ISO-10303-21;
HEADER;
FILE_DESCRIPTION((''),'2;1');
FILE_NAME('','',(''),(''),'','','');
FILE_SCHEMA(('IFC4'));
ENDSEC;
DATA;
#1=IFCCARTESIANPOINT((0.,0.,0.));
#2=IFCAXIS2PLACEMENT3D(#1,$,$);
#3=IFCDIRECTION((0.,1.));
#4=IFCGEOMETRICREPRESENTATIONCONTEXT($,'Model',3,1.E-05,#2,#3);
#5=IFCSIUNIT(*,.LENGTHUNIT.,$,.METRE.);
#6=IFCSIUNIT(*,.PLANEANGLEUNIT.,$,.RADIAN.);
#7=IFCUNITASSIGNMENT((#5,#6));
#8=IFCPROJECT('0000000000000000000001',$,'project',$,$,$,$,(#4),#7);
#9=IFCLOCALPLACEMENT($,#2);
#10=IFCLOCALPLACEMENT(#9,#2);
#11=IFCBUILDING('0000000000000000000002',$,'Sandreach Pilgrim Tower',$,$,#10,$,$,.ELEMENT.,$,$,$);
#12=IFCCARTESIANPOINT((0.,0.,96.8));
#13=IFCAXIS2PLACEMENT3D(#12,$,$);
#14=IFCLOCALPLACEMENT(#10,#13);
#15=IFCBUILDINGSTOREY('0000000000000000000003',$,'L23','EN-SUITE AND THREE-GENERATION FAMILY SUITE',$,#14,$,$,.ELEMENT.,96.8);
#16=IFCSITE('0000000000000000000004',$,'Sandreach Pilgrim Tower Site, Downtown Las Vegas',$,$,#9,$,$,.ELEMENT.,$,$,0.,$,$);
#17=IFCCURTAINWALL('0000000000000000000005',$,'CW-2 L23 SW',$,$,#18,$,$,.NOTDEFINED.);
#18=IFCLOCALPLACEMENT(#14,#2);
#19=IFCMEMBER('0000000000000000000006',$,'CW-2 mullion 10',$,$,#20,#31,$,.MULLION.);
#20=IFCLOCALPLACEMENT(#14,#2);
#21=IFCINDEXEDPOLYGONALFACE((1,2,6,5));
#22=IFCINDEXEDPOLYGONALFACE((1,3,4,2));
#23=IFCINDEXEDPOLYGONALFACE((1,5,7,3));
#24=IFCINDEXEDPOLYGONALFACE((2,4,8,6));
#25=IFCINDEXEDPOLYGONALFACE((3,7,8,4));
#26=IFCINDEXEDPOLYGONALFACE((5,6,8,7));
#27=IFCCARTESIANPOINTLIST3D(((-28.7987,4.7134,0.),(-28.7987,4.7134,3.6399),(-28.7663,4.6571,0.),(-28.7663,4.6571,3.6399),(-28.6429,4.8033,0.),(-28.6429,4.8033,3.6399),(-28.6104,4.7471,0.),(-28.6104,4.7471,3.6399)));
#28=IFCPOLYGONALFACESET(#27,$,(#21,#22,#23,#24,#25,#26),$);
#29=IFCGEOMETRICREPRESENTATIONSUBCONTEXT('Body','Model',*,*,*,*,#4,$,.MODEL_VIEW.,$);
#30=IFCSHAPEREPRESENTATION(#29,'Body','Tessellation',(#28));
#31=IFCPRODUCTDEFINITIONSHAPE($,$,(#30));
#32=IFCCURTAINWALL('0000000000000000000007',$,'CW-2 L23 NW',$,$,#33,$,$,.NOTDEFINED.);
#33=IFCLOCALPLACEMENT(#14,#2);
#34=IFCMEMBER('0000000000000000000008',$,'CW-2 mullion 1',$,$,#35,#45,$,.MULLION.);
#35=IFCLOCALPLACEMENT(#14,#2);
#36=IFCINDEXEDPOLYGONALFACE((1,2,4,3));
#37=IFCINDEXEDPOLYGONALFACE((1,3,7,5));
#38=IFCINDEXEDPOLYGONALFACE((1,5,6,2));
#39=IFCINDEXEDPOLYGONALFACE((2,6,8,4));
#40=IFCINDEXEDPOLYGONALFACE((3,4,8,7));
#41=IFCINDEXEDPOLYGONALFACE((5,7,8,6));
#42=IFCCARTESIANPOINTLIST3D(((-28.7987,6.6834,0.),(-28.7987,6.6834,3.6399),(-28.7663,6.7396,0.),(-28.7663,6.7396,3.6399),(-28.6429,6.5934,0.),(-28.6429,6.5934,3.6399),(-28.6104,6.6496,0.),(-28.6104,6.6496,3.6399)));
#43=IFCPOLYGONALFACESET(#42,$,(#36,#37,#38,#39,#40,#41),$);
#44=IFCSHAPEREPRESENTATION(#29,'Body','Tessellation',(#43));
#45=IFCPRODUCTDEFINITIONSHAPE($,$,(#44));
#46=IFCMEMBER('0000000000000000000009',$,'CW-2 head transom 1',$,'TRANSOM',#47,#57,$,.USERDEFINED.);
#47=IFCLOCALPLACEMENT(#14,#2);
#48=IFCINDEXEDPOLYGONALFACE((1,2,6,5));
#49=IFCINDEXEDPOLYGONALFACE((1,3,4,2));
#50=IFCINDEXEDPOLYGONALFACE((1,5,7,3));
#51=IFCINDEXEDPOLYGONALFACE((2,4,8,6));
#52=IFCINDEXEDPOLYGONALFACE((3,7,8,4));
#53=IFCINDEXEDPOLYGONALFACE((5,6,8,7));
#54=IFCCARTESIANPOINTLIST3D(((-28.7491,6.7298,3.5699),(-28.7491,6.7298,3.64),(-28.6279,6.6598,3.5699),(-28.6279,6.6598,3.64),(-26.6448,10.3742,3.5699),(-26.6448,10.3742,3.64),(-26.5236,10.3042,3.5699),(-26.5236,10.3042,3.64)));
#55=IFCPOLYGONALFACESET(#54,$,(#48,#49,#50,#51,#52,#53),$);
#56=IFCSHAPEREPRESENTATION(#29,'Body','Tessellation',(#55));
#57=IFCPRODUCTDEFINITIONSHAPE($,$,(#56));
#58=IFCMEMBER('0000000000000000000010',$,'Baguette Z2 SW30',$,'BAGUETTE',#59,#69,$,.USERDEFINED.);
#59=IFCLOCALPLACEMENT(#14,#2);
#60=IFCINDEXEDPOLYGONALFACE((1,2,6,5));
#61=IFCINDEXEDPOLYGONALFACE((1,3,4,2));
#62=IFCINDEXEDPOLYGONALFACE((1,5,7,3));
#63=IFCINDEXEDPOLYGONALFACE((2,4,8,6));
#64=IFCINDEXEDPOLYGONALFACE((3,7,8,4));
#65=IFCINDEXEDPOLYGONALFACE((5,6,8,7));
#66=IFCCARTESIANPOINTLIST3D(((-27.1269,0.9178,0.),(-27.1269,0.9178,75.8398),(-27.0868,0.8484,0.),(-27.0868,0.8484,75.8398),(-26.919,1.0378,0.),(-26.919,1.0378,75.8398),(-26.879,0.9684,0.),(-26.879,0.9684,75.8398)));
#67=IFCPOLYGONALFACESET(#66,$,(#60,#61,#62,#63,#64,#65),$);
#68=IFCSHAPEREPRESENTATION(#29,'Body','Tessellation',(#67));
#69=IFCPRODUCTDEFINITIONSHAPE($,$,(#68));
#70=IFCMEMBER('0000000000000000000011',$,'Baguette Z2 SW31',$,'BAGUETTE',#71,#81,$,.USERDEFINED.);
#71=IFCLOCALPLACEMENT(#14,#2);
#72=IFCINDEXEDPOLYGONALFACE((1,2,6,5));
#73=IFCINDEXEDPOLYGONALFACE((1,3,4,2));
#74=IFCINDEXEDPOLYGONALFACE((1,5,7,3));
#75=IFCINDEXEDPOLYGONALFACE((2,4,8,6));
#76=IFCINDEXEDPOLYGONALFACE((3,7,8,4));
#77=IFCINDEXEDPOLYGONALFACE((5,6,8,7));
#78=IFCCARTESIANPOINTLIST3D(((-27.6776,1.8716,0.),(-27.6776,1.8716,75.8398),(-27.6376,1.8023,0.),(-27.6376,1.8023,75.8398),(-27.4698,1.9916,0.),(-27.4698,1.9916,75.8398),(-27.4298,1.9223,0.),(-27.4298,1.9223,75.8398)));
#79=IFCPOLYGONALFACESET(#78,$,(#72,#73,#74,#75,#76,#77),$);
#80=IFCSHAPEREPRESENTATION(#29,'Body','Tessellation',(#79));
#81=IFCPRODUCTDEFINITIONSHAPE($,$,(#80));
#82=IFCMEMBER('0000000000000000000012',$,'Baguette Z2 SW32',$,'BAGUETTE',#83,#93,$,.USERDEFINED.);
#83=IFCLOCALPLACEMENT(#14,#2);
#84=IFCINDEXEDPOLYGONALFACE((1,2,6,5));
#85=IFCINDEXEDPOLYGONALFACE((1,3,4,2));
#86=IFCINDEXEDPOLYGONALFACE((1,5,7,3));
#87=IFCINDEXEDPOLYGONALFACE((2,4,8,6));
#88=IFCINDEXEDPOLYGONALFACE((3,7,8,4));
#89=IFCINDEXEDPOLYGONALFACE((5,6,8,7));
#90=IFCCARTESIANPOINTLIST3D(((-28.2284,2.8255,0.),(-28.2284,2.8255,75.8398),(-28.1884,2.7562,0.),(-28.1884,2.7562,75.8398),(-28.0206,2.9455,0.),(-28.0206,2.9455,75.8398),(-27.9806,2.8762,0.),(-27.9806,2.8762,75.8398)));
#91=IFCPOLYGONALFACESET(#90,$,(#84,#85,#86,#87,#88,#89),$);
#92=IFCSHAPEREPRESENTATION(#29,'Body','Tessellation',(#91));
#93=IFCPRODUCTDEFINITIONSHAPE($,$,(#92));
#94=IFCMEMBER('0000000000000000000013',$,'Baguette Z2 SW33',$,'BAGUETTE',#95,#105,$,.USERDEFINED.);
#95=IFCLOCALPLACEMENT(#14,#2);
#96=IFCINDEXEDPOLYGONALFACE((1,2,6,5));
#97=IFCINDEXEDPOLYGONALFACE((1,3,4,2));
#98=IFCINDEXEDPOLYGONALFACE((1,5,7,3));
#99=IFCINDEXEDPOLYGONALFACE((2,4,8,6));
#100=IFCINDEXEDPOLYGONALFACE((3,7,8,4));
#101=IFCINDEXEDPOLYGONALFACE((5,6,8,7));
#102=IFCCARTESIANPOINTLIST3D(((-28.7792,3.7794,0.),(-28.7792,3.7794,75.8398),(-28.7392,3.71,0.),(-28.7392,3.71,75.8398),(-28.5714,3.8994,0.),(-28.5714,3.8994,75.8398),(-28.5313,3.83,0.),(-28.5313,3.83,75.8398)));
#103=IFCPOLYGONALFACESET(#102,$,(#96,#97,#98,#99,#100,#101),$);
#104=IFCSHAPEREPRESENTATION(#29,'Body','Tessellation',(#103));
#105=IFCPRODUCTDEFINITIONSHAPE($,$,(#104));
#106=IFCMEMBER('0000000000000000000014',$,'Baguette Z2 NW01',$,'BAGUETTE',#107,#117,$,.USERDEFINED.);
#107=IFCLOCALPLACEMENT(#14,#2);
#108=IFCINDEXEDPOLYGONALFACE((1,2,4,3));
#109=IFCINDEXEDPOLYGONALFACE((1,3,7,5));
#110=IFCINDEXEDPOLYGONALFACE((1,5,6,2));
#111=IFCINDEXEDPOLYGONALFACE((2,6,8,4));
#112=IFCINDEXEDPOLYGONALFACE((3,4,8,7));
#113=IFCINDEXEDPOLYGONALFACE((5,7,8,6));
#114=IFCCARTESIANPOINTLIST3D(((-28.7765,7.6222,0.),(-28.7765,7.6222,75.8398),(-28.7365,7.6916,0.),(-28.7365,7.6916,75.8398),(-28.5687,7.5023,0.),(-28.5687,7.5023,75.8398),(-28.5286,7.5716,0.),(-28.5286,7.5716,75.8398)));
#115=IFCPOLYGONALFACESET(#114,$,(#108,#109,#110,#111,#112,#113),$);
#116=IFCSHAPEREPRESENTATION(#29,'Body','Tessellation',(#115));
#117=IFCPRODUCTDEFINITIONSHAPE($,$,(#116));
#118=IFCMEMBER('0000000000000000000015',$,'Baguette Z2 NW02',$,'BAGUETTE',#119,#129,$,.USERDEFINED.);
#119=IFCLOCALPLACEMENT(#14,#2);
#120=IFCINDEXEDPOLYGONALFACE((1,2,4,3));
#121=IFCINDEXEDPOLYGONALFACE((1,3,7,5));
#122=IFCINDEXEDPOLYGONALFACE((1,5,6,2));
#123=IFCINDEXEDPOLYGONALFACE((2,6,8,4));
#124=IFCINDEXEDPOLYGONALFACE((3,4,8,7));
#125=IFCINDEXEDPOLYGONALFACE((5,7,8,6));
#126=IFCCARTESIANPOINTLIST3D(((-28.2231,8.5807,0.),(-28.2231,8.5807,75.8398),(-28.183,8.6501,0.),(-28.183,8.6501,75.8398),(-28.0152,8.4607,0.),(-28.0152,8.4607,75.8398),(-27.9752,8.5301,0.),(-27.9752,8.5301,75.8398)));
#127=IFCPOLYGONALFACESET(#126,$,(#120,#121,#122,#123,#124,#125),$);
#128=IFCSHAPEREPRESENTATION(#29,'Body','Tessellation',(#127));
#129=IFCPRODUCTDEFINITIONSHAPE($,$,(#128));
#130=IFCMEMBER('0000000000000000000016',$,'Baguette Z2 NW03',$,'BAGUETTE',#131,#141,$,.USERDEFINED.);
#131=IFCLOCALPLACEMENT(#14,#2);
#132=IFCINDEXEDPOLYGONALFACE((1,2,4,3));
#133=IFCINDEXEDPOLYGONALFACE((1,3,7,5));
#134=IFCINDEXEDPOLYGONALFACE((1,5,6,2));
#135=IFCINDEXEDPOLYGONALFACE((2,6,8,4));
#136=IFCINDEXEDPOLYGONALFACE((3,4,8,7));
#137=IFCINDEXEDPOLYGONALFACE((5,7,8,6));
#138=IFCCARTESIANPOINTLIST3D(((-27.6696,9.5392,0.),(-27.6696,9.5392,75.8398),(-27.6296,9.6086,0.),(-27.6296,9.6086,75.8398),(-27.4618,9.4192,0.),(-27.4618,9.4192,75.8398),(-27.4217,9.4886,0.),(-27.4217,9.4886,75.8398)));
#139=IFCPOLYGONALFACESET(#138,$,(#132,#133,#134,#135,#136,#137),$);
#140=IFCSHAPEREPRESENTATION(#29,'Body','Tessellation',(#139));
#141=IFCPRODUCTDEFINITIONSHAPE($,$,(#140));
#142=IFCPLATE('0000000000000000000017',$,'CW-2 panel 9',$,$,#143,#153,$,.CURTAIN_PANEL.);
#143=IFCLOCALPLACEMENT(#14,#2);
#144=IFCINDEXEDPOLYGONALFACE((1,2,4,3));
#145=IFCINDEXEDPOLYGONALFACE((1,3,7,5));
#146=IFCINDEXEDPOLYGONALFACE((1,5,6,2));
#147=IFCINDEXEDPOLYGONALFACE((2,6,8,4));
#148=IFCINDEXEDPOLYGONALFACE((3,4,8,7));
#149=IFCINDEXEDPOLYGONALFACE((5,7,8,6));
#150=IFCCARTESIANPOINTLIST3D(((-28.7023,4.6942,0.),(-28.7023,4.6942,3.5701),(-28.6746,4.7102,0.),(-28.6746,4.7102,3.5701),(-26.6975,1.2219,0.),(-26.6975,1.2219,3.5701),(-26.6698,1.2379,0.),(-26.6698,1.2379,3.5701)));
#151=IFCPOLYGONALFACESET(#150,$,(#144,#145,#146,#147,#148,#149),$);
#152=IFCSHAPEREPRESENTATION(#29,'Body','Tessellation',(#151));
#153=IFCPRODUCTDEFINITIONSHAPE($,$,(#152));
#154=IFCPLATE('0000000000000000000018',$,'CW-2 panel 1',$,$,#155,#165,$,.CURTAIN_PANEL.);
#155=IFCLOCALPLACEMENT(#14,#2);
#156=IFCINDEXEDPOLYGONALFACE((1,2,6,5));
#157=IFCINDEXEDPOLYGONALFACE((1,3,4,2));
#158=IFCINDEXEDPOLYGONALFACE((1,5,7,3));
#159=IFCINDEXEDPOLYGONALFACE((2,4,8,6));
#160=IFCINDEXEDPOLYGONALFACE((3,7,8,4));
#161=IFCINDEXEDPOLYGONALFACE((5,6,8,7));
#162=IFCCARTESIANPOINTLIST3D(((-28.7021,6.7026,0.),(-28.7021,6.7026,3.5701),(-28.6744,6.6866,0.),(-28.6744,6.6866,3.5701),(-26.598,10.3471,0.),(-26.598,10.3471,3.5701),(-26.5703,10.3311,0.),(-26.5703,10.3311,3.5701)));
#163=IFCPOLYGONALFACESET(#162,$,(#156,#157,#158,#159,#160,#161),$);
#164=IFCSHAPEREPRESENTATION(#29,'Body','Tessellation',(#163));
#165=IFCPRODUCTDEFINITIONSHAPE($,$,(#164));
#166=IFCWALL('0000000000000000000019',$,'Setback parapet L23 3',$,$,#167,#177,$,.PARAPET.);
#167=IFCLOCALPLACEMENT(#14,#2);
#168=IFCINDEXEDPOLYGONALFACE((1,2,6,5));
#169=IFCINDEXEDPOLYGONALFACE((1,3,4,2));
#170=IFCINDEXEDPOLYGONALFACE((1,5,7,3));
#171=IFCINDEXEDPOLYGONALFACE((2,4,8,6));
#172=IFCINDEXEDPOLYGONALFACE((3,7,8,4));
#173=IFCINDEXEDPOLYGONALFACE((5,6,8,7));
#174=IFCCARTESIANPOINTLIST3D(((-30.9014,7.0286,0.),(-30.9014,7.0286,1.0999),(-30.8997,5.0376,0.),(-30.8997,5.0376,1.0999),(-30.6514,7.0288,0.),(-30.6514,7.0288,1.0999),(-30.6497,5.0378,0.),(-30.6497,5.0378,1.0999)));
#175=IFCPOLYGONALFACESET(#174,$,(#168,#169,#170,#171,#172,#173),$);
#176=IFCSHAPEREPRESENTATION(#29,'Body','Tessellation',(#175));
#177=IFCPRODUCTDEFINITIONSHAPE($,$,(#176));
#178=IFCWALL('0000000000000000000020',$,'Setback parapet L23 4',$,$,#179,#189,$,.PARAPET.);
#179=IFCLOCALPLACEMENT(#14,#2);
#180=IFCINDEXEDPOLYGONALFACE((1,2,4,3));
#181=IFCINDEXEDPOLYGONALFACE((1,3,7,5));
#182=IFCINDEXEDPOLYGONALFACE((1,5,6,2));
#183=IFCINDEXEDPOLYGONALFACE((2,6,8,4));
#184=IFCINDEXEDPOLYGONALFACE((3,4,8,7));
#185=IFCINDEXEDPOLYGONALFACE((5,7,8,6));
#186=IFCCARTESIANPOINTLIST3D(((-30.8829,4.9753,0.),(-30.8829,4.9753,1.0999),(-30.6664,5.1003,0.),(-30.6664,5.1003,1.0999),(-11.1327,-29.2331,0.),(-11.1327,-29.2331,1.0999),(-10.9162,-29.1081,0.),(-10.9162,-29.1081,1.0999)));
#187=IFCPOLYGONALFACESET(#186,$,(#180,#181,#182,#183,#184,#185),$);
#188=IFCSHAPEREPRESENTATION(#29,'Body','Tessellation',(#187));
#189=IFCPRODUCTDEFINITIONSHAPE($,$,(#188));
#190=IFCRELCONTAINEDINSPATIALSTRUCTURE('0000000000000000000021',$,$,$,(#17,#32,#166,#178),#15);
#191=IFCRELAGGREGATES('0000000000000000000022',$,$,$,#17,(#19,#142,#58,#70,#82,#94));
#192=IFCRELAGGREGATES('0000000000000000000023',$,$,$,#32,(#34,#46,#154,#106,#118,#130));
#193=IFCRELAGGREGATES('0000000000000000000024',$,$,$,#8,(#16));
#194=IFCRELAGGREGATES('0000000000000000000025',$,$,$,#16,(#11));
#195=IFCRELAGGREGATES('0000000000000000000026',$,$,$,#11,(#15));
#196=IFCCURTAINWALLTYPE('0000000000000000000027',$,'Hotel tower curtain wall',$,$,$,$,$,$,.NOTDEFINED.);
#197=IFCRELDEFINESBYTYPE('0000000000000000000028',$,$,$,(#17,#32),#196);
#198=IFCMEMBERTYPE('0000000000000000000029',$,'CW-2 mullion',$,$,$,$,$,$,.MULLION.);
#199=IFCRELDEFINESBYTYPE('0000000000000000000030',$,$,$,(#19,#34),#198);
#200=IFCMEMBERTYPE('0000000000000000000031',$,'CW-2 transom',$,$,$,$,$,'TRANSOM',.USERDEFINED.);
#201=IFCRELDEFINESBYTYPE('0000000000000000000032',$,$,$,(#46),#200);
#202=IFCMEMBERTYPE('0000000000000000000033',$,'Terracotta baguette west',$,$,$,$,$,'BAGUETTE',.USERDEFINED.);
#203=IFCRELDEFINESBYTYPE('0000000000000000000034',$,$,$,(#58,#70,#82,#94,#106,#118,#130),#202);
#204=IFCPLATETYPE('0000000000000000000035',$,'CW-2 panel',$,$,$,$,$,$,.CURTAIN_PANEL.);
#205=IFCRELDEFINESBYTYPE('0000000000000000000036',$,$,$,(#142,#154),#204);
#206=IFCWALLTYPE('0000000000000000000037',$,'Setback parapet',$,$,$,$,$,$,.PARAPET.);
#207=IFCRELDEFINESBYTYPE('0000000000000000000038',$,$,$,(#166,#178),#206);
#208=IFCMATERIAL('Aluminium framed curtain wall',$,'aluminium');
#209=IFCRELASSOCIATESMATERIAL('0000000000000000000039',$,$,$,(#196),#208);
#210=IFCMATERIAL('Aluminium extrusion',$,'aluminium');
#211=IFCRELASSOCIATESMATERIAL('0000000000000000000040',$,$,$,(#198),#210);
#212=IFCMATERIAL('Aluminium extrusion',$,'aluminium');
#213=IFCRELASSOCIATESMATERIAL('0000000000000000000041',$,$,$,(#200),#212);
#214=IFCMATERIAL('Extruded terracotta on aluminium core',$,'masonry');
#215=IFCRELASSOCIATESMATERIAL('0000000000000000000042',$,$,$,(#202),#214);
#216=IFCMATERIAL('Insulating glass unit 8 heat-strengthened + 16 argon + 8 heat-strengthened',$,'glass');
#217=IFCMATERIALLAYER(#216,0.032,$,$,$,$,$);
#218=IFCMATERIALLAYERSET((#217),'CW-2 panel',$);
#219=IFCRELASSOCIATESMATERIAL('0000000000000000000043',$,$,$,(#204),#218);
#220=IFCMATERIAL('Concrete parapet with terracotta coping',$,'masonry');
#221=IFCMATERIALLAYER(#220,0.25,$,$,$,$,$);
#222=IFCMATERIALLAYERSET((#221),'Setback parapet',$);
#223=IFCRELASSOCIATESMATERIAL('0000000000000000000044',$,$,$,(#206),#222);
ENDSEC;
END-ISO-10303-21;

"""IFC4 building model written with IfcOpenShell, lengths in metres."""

from ifc_helpers import new_model, si_unit, direction, frame, frame_2d, origin, origin_2d, place, context, subcontext, project, spatial, rectangle, extrude, material, layer, layer_set, material_profile, profile_set, type_object, element, aggregate, save


model = new_model("IFC4")

# Units and contexts
model_context = context("Model", 3, precision=1e-05, world=origin(), true_north=direction((0.0, 1.0)))
body_context = subcontext(model_context, "Body", "Model", "MODEL_VIEW")
ifc_project = project(units=[si_unit("LENGTHUNIT", "METRE"), si_unit("PLANEANGLEUNIT", "RADIAN")], contexts=[model_context])

# Site, building, storey
site_placement = place(None, origin())
site = spatial("IfcSite", under=ifc_project, at=site_placement, Name="Sandreach Pilgrim Tower Site, Downtown Las Vegas", CompositionType="ELEMENT", RefElevation=0.0)
building_placement = place(site_placement, origin())
building = spatial("IfcBuilding", under=site, at=building_placement, Name="Sandreach Pilgrim Tower", CompositionType="ELEMENT")
storey_placement = place(building_placement, frame((0.0, 0.0, 96.8)))
storey = spatial("IfcBuildingStorey", under=building, at=storey_placement, Name="L23", Description="EN-SUITE AND THREE-GENERATION FAMILY SUITE", CompositionType="ELEMENT", Elevation=96.8)

# Curtain wall, member
ifc_material_1 = material(Name="Aluminium framed curtain wall", Category="aluminium")
curtain_wall_type = type_object("IfcCurtainWallType", Name="Hotel tower curtain wall", PredefinedType="NOTDEFINED", material=ifc_material_1)
curtain_wall_1_placement = place(storey_placement, origin())
curtain_wall_1 = element("IfcCurtainWall", 1, at=curtain_wall_1_placement, inside=storey, type_object=curtain_wall_type, Name="CW-2 L23 SW", PredefinedType="NOTDEFINED")
ifc_material_2 = material(Name="Aluminium extrusion", Category="aluminium")
ifc_material_profile_1 = material_profile(ifc_material_2, rectangle(XDim=0.0649, YDim=0.1799, at=origin_2d()), Name="CW-2M 65X180")
ifc_profile_set_1 = profile_set([ifc_material_profile_1], Name="Aluminium extrusion")
member_type_1 = type_object("IfcMemberType", Name="CW-2 mullion", PredefinedType="MULLION", material=ifc_profile_set_1)
member_1_placement = place(storey_placement, frame((-28.7046, 4.7302, 0.0), z_axis=(0.0, 0.0, 1.0), x_axis=(-0.5, 0.866025, 0.0)))
member_1 = element("IfcMember", 2, at=member_1_placement, type_object=member_type_1, Name="CW-2 mullion 10", PredefinedType="MULLION", context=body_context, shape_type="SweptSolid", body=[
    extrude(rectangle(XDim=0.0649, YDim=0.1799, at=origin_2d()), origin(), (0.0, 0.0, 1.0), 3.6399),
])

# Curtain wall, members
curtain_wall_2_placement = place(storey_placement, origin())
curtain_wall_2 = element("IfcCurtainWall", 3, at=curtain_wall_2_placement, inside=storey, type_object=curtain_wall_type, Name="CW-2 L23 NW", PredefinedType="NOTDEFINED")
member_2_placement = place(storey_placement, frame((-28.7046, 6.6665, 0.0), z_axis=(0.0, 0.0, 1.0), x_axis=(0.5, 0.866025, 0.0)))
member_2 = element("IfcMember", 4, at=member_2_placement, type_object=member_type_1, Name="CW-2 mullion 1", PredefinedType="MULLION", context=body_context, shape_type="SweptSolid", body=[
    extrude(rectangle(XDim=0.0649, YDim=0.1799, at=origin_2d()), origin(), (0.0, 0.0, 1.0), 3.6399),
])
ifc_material_3 = material(Name="Aluminium extrusion", Category="aluminium")
ifc_material_profile_2 = material_profile(ifc_material_3, rectangle(XDim=0.1399, YDim=0.0701, at=origin_2d()), Name="CW-2T 140X70")
ifc_profile_set_2 = profile_set([ifc_material_profile_2], Name="Aluminium extrusion")
member_type_2 = type_object("IfcMemberType", Name="CW-2 transom", ElementType="TRANSOM", PredefinedType="USERDEFINED", material=ifc_profile_set_2)
member_3_placement = place(storey_placement, frame((-28.6885, 6.6948, 3.605), z_axis=(0.500039, 0.866003, 0.0), x_axis=(-0.866003, 0.500039, 0.0)))
member_3 = element("IfcMember", 5, at=member_3_placement, type_object=member_type_2, Name="CW-2 head transom 1", ObjectType="TRANSOM", PredefinedType="USERDEFINED", context=body_context, shape_type="SweptSolid", body=[
    extrude(rectangle(XDim=0.1399, YDim=0.0701, at=origin_2d()), origin(), (0.0, 0.0, 1.0), 4.2083),
])

# Members
ifc_material_4 = material(Name="Extruded terracotta on aluminium core", Category="masonry")
ifc_material_profile_3 = material_profile(ifc_material_4, rectangle(XDim=0.0801, YDim=0.24, at=origin_2d()), Name="TBW 80X240")
ifc_profile_set_3 = profile_set([ifc_material_profile_3], Name="Extruded terracotta on aluminium core")
member_type_3 = type_object("IfcMemberType", Name="Terracotta baguette west", ElementType="BAGUETTE", PredefinedType="USERDEFINED", material=ifc_profile_set_3)
member_4_placement = place(storey_placement, frame((-27.0029, 0.9431, 0.0), z_axis=(0.0, 0.0, 1.0), x_axis=(-0.5, 0.866025, 0.0)))
member_4 = element("IfcMember", 6, at=member_4_placement, type_object=member_type_3, Name="Baguette Z2 SW30", ObjectType="BAGUETTE", PredefinedType="USERDEFINED", context=body_context, shape_type="SweptSolid", body=[
    extrude(rectangle(XDim=0.0801, YDim=0.24, at=origin_2d()), origin(), (0.0, 0.0, 1.0), 75.8398),
])
member_5_placement = place(storey_placement, frame((-27.5537, 1.897, 0.0), z_axis=(0.0, 0.0, 1.0), x_axis=(-0.5, 0.866025, 0.0)))
member_5 = element("IfcMember", 7, at=member_5_placement, type_object=member_type_3, Name="Baguette Z2 SW31", ObjectType="BAGUETTE", PredefinedType="USERDEFINED", context=body_context, shape_type="SweptSolid", body=[
    extrude(rectangle(XDim=0.0801, YDim=0.24, at=origin_2d()), origin(), (0.0, 0.0, 1.0), 75.8398),
])
member_6_placement = place(storey_placement, frame((-28.1045, 2.8508, 0.0), z_axis=(0.0, 0.0, 1.0), x_axis=(-0.5, 0.866025, 0.0)))
member_6 = element("IfcMember", 8, at=member_6_placement, type_object=member_type_3, Name="Baguette Z2 SW32", ObjectType="BAGUETTE", PredefinedType="USERDEFINED", context=body_context, shape_type="SweptSolid", body=[
    extrude(rectangle(XDim=0.0801, YDim=0.24, at=origin_2d()), origin(), (0.0, 0.0, 1.0), 75.8398),
])
member_7_placement = place(storey_placement, frame((-28.6553, 3.8047, 0.0), z_axis=(0.0, 0.0, 1.0), x_axis=(-0.5, 0.866025, 0.0)))
member_7 = element("IfcMember", 9, at=member_7_placement, type_object=member_type_3, Name="Baguette Z2 SW33", ObjectType="BAGUETTE", PredefinedType="USERDEFINED", context=body_context, shape_type="SweptSolid", body=[
    extrude(rectangle(XDim=0.0801, YDim=0.24, at=origin_2d()), origin(), (0.0, 0.0, 1.0), 75.8398),
])
member_8_placement = place(storey_placement, frame((-28.6526, 7.5969, 0.0), z_axis=(0.0, 0.0, 1.0), x_axis=(0.5, 0.866025, 0.0)))
member_8 = element("IfcMember", 10, at=member_8_placement, type_object=member_type_3, Name="Baguette Z2 NW01", ObjectType="BAGUETTE", PredefinedType="USERDEFINED", context=body_context, shape_type="SweptSolid", body=[
    extrude(rectangle(XDim=0.0801, YDim=0.24, at=origin_2d()), origin(), (0.0, 0.0, 1.0), 75.8398),
])
member_9_placement = place(storey_placement, frame((-28.0991, 8.5554, 0.0), z_axis=(0.0, 0.0, 1.0), x_axis=(0.5, 0.866025, 0.0)))
member_9 = element("IfcMember", 11, at=member_9_placement, type_object=member_type_3, Name="Baguette Z2 NW02", ObjectType="BAGUETTE", PredefinedType="USERDEFINED", context=body_context, shape_type="SweptSolid", body=[
    extrude(rectangle(XDim=0.0801, YDim=0.24, at=origin_2d()), origin(), (0.0, 0.0, 1.0), 75.8398),
])
member_10_placement = place(storey_placement, frame((-27.5457, 9.5139, 0.0), z_axis=(0.0, 0.0, 1.0), x_axis=(0.5, 0.866025, 0.0)))
member_10 = element("IfcMember", 12, at=member_10_placement, type_object=member_type_3, Name="Baguette Z2 NW03", ObjectType="BAGUETTE", PredefinedType="USERDEFINED", context=body_context, shape_type="SweptSolid", body=[
    extrude(rectangle(XDim=0.0801, YDim=0.24, at=origin_2d()), origin(), (0.0, 0.0, 1.0), 75.8398),
])

# Plates
ifc_material_5 = material(Name="Insulating glass unit 8 heat-strengthened + 16 argon + 8 heat-strengthened", Category="glass")
ifc_layer_1 = layer(ifc_material_5, 0.032)
ifc_layer_set_1 = layer_set([ifc_layer_1], Name="CW-2 panel")
plate_type = type_object("IfcPlateType", Name="CW-2 panel", PredefinedType="CURTAIN_PANEL", material=ifc_layer_set_1)
plate_1_placement = place(storey_placement, frame((-27.686, 2.9661, 0.0), z_axis=(0.0, 0.0, 1.0), x_axis=(-0.5, 0.866025, 0.0)))
plate_1 = element("IfcPlate", 13, at=plate_1_placement, type_object=plate_type, Name="CW-2 panel 9", PredefinedType="CURTAIN_PANEL", context=body_context, shape_type="SweptSolid", body=[
    extrude(rectangle(XDim=4.0095, YDim=0.032, at=origin_2d()), origin(), (0.0, 0.0, 1.0), 3.5701),
])
aggregate(curtain_wall_1, [member_1, plate_1, member_4, member_5, member_6, member_7])
plate_2_placement = place(storey_placement, frame((-27.6362, 8.5168, 0.0), z_axis=(0.0, 0.0, 1.0), x_axis=(0.5, 0.866025, 0.0)))
plate_2 = element("IfcPlate", 14, at=plate_2_placement, type_object=plate_type, Name="CW-2 panel 1", PredefinedType="CURTAIN_PANEL", context=body_context, shape_type="SweptSolid", body=[
    extrude(rectangle(XDim=4.2083, YDim=0.032, at=origin_2d()), origin(), (0.0, 0.0, 1.0), 3.5701),
])
aggregate(curtain_wall_2, [member_2, member_3, plate_2, member_8, member_9, member_10])

# Walls
ifc_material_6 = material(Name="Concrete parapet with terracotta coping", Category="masonry")
ifc_layer_2 = layer(ifc_material_6, 0.25)
ifc_layer_set_2 = layer_set([ifc_layer_2], Name="Setback parapet")
wall_type_1 = type_object("IfcWallType", Name="Setback parapet", PredefinedType="PARAPET", material=ifc_layer_set_2)
wall_1_placement = place(storey_placement, frame((-30.7764, 7.0288, 0.0), z_axis=(0.0, 0.0, 1.0), x_axis=(0.000858, -1.0, 0.0)))
element("IfcWall", 15, at=wall_1_placement, inside=storey, type_object=wall_type_1, Name="Setback parapet L23 3", PredefinedType="PARAPET", context=body_context, shape_type="SweptSolid", body=[
    extrude(rectangle(XDim=1.991, YDim=0.25, at=frame_2d((0.9956, 0.0))), origin(), (0.0, 0.0, 1.0), 1.0999),
])
wall_2_placement = place(storey_placement, frame((-30.7747, 5.0378, 0.0), z_axis=(0.0, 0.0, 1.0), x_axis=(0.499999, -0.866026, 0.0)))
element("IfcWall", 16, at=wall_2_placement, inside=storey, type_object=wall_type_1, Name="Setback parapet L23 4", PredefinedType="PARAPET", context=body_context, shape_type="SweptSolid", body=[
    extrude(rectangle(XDim=39.5005, YDim=0.25, at=frame_2d((19.7502, 0.0))), origin(), (0.0, 0.0, 1.0), 1.0999),
])

save(model, "model.ifc")
